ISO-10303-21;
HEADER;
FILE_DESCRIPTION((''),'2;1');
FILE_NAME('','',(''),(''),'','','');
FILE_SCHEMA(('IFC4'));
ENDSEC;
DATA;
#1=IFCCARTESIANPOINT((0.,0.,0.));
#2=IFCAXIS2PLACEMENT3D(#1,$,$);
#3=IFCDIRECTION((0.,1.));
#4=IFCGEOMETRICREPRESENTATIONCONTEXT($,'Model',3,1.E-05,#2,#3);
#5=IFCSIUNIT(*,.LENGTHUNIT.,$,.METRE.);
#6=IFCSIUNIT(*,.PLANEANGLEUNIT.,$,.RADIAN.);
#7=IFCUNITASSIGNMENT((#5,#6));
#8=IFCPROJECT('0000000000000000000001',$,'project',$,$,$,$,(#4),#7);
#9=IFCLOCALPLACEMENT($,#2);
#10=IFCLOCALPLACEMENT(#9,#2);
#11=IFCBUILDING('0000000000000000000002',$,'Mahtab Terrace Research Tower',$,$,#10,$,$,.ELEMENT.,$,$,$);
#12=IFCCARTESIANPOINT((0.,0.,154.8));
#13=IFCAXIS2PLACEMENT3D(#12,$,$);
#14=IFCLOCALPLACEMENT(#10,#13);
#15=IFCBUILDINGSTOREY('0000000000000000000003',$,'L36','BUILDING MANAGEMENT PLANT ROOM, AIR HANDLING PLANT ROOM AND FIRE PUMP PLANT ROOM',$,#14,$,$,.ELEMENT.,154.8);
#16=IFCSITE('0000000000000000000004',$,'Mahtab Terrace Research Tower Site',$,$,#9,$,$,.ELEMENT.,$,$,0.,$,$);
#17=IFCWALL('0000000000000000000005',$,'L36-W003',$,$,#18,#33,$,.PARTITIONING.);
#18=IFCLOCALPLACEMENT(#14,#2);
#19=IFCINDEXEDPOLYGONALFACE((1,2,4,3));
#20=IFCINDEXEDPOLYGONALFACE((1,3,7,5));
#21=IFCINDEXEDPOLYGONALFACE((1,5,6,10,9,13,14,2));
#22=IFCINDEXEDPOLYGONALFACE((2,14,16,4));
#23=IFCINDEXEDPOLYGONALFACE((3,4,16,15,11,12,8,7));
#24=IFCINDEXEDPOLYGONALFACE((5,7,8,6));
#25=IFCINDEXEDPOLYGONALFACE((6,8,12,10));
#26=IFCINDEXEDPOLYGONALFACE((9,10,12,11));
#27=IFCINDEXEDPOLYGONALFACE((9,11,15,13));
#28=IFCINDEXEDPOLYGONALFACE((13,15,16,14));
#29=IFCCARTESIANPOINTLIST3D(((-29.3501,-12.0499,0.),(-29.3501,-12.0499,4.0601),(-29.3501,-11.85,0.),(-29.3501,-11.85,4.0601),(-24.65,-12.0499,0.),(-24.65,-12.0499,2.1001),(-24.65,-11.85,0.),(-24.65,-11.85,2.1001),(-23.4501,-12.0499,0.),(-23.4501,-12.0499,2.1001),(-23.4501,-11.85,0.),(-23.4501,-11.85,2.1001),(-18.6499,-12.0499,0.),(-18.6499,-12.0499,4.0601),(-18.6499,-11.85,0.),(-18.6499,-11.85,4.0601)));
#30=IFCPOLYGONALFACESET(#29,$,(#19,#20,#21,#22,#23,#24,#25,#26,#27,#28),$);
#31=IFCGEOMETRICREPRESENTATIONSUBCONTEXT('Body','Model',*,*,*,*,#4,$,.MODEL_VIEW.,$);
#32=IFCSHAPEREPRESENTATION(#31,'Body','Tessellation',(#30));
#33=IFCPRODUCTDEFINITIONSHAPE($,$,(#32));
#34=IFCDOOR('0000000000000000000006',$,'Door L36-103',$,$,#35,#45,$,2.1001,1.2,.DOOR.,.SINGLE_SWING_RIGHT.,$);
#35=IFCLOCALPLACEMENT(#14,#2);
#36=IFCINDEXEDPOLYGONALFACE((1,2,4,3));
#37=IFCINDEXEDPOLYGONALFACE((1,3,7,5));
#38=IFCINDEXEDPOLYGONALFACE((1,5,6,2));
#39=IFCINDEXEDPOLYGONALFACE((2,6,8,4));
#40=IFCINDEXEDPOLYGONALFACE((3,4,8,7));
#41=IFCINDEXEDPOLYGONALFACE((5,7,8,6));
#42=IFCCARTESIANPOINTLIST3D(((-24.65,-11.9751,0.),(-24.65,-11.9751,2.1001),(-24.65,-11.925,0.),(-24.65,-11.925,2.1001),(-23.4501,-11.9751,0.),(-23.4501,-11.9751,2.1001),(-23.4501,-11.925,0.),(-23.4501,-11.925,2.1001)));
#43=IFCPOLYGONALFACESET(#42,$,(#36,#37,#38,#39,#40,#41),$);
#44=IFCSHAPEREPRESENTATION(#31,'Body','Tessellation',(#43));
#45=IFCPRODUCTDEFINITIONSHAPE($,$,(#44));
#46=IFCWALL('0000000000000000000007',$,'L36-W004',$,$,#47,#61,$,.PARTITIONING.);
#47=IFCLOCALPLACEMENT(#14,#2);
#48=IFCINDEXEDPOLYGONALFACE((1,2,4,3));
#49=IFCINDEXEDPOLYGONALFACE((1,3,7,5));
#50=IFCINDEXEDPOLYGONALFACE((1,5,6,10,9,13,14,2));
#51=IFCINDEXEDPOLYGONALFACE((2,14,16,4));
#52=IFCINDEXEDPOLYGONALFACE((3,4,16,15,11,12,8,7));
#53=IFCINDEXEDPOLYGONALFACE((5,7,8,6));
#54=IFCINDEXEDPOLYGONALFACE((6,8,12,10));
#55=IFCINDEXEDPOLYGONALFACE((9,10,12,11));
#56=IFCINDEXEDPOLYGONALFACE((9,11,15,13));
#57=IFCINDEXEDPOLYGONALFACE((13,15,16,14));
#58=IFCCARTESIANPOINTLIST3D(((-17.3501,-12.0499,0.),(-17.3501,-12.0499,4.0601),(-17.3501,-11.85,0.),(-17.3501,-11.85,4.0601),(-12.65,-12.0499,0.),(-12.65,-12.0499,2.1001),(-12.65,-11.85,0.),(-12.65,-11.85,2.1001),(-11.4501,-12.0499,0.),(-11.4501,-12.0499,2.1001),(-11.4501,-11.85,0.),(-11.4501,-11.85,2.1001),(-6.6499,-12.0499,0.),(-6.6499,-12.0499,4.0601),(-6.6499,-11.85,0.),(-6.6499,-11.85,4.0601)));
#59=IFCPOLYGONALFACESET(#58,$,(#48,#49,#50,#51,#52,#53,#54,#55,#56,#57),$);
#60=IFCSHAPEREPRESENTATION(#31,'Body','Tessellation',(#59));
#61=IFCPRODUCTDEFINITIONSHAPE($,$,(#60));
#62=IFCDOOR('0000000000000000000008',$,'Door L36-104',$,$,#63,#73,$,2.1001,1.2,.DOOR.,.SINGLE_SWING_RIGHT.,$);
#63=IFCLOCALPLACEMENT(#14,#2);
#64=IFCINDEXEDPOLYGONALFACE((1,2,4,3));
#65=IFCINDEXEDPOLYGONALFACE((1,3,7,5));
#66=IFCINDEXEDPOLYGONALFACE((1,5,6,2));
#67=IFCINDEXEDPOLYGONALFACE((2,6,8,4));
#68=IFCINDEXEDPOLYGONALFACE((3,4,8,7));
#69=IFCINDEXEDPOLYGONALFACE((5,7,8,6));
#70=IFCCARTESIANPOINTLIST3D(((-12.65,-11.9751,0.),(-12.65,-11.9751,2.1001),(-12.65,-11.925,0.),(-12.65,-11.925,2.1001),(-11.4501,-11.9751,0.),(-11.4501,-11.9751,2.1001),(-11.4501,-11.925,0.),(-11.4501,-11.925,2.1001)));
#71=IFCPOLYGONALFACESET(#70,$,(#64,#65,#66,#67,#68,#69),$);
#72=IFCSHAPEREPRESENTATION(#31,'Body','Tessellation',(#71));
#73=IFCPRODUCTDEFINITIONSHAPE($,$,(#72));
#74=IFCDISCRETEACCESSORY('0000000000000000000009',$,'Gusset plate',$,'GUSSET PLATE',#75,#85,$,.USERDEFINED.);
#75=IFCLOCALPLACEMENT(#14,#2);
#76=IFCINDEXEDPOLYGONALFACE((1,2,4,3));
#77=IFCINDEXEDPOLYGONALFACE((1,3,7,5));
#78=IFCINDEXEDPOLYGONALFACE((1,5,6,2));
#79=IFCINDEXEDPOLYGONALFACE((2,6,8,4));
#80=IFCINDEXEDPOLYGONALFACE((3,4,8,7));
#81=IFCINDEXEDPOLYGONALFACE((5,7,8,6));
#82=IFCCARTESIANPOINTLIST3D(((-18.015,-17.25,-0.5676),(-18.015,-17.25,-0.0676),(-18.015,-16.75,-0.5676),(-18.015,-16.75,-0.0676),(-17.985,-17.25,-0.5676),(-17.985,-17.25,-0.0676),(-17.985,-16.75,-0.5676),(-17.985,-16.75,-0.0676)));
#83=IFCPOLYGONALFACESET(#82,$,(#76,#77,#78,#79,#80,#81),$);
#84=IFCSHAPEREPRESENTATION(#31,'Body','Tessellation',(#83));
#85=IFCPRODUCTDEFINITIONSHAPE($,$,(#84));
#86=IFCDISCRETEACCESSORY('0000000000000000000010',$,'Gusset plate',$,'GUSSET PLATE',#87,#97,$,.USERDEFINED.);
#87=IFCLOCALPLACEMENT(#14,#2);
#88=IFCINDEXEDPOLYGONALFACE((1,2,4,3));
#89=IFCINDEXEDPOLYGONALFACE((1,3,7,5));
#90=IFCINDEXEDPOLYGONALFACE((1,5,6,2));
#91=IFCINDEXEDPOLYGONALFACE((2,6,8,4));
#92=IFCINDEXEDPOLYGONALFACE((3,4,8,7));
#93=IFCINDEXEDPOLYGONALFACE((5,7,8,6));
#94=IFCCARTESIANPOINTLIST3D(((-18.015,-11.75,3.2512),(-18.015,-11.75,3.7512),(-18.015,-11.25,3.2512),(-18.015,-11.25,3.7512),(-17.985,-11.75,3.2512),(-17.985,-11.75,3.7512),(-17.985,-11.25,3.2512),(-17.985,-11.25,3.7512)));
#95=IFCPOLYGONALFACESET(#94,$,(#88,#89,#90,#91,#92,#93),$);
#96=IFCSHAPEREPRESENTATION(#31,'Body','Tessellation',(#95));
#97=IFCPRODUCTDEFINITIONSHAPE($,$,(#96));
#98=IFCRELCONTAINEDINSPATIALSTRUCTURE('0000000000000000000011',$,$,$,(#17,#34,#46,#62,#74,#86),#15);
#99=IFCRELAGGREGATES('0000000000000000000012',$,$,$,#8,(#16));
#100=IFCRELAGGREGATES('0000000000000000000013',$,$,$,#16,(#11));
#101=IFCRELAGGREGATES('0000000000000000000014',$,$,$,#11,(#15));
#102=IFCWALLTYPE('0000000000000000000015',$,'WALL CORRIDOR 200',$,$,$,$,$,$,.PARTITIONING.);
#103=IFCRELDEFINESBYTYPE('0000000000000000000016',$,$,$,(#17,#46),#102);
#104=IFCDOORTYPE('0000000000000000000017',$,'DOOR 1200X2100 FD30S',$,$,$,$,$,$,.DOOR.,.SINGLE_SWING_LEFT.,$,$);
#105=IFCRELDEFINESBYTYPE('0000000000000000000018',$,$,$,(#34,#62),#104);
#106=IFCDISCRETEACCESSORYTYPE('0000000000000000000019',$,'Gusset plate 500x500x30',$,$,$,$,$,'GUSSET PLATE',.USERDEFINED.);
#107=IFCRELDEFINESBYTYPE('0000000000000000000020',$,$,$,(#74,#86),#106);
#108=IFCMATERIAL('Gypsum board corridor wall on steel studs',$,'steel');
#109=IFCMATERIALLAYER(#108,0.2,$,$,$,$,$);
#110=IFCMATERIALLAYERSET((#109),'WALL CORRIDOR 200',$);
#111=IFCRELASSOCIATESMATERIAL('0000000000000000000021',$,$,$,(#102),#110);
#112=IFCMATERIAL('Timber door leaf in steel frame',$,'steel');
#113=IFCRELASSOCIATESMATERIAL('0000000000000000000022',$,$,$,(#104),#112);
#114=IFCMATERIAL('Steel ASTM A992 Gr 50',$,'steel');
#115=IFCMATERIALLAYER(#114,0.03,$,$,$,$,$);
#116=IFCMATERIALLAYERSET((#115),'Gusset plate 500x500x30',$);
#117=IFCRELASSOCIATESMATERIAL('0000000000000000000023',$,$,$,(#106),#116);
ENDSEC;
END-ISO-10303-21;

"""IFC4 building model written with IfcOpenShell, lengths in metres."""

from ifc_helpers import new_model, si_unit, direction, frame, frame_2d, origin, origin_2d, place, context, subcontext, project, spatial, rectangle, extrude, material, layer, layer_set, type_object, element, fill, save


model = new_model("IFC4")

# Units and contexts
model_context = context("Model", 3, precision=1e-05, world=origin(), true_north=direction((0.0, 1.0)))
body_context = subcontext(model_context, "Body", "Model", "MODEL_VIEW")
ifc_project = project(units=[si_unit("LENGTHUNIT", "METRE"), si_unit("PLANEANGLEUNIT", "RADIAN")], contexts=[model_context])

# Site, building, storey
site_placement = place(None, origin())
site = spatial("IfcSite", under=ifc_project, at=site_placement, Name="Mahtab Terrace Research Tower Site", CompositionType="ELEMENT", RefElevation=0.0)
building_placement = place(site_placement, origin())
building = spatial("IfcBuilding", under=site, at=building_placement, Name="Mahtab Terrace Research Tower", CompositionType="ELEMENT")
storey_placement = place(building_placement, frame((0.0, 0.0, 154.8)))
storey = spatial("IfcBuildingStorey", under=building, at=storey_placement, Name="L36", Description="BUILDING MANAGEMENT PLANT ROOM, AIR HANDLING PLANT ROOM AND FIRE PUMP PLANT ROOM", CompositionType="ELEMENT", Elevation=154.8)

# Shared definitions
ifc_material_1 = material(Name="Steel ASTM A992 Gr 50", Category="steel")

# Walls, openings, doors
ifc_material_2 = material(Name="Gypsum board corridor wall on steel studs", Category="steel")
ifc_layer_1 = layer(ifc_material_2, 0.2)
ifc_layer_set_1 = layer_set([ifc_layer_1], Name="WALL CORRIDOR 200")
wall_type_1 = type_object("IfcWallType", Name="WALL CORRIDOR 200", PredefinedType="PARTITIONING", material=ifc_layer_set_1)
wall_1_placement = place(storey_placement, frame((-29.3501, -11.95, 0.0), z_axis=(0.0, 0.0, 1.0), x_axis=(1.0, 0.0, 0.0)))
wall_1 = element("IfcWall", 1, at=wall_1_placement, inside=storey, type_object=wall_type_1, Name="L36-W003", PredefinedType="PARTITIONING", context=body_context, shape_type="SweptSolid", body=[
    extrude(rectangle(XDim=10.7002, YDim=0.2, at=frame_2d((5.3501, 0.0))), origin(), (0.0, 0.0, 1.0), 4.0601),
])
opening_1_placement = place(wall_1_placement, frame((4.7, 0.0, 0.0)))
opening_1 = element("IfcOpeningElement", 2, at=opening_1_placement, cuts=wall_1, PredefinedType="OPENING", context=body_context, shape_type="SweptSolid", body=[
    extrude(rectangle(XDim=1.2, YDim=2.1001, at=frame_2d((0.6001, 1.05))), frame((0.0, 0.1099, 0.0), z_axis=(0.0, -1.0, 0.0), x_axis=(1.0, 0.0, 0.0)), (0.0, 0.0, 1.0), 0.22),
])
ifc_material_3 = material(Name="Timber door leaf in steel frame", Category="steel")
door_type_1 = type_object("IfcDoorType", Name="DOOR 1200X2100 FD30S", OperationType="SINGLE_SWING_LEFT", PredefinedType="DOOR", material=ifc_material_3)
door_1_placement = place(opening_1_placement, origin())
door_1 = element("IfcDoor", 3, at=door_1_placement, inside=storey, type_object=door_type_1, Name="Door L36-103", OperationType="SINGLE_SWING_RIGHT", OverallHeight=2.1001, OverallWidth=1.2, PredefinedType="DOOR", context=body_context, shape_type="SweptSolid", body=[
    extrude(rectangle(XDim=1.2, YDim=2.1001, at=frame_2d((0.6001, 1.05))), frame((0.0, 0.0249, 0.0), z_axis=(0.0, -1.0, 0.0), x_axis=(1.0, 0.0, 0.0)), (0.0, 0.0, 1.0), 0.05),
])
fill(opening_1, door_1)
wall_2_placement = place(storey_placement, frame((-17.3501, -11.95, 0.0), z_axis=(0.0, 0.0, 1.0), x_axis=(1.0, 0.0, 0.0)))
wall_2 = element("IfcWall", 4, at=wall_2_placement, inside=storey, type_object=wall_type_1, Name="L36-W004", PredefinedType="PARTITIONING", context=body_context, shape_type="SweptSolid", body=[
    extrude(rectangle(XDim=10.7002, YDim=0.2, at=frame_2d((5.3501, 0.0))), origin(), (0.0, 0.0, 1.0), 4.0601),
])
opening_2_placement = place(wall_2_placement, frame((4.7, 0.0, 0.0)))
opening_2 = element("IfcOpeningElement", 5, at=opening_2_placement, cuts=wall_2, PredefinedType="OPENING", context=body_context, shape_type="SweptSolid", body=[
    extrude(rectangle(XDim=1.2, YDim=2.1001, at=frame_2d((0.6001, 1.05))), frame((0.0, 0.1099, 0.0), z_axis=(0.0, -1.0, 0.0), x_axis=(1.0, 0.0, 0.0)), (0.0, 0.0, 1.0), 0.22),
])
door_2_placement = place(opening_2_placement, origin())
door_2 = element("IfcDoor", 6, at=door_2_placement, inside=storey, type_object=door_type_1, Name="Door L36-104", OperationType="SINGLE_SWING_RIGHT", OverallHeight=2.1001, OverallWidth=1.2, PredefinedType="DOOR", context=body_context, shape_type="SweptSolid", body=[
    extrude(rectangle(XDim=1.2, YDim=2.1001, at=frame_2d((0.6001, 1.05))), frame((0.0, 0.0249, 0.0), z_axis=(0.0, -1.0, 0.0), x_axis=(1.0, 0.0, 0.0)), (0.0, 0.0, 1.0), 0.05),
])
fill(opening_2, door_2)

# Discrete accessories
ifc_layer_2 = layer(ifc_material_1, 0.03)
ifc_layer_set_2 = layer_set([ifc_layer_2], Name="Gusset plate 500x500x30")
discrete_accessory_type = type_object("IfcDiscreteAccessoryType", Name="Gusset plate 500x500x30", ElementType="GUSSET PLATE", PredefinedType="USERDEFINED", material=ifc_layer_set_2)
for number, where, z_axis, x_axis, name in (
    (7, (-18.0, -17.0, -0.5676), (0.0, 0.0, 1.0), (0.0, 1.0, 0.0), "Gusset plate"),
    (8, (-18.0, -11.5, 3.2512), (0.0, 0.0, 1.0), (0.0, 1.0, 0.0), "Gusset plate"),
):
    element("IfcDiscreteAccessory", number, at=place(storey_placement, frame(where, z_axis=z_axis, x_axis=x_axis)), inside=storey, type_object=discrete_accessory_type, Name=name, ObjectType="GUSSET PLATE", PredefinedType="USERDEFINED", context=body_context, shape_type="SweptSolid", body=[
        extrude(rectangle(XDim=0.5, YDim=0.03, at=origin_2d()), origin(), (0.0, 0.0, 1.0), 0.5),
    ])

save(model, "model.ifc")
